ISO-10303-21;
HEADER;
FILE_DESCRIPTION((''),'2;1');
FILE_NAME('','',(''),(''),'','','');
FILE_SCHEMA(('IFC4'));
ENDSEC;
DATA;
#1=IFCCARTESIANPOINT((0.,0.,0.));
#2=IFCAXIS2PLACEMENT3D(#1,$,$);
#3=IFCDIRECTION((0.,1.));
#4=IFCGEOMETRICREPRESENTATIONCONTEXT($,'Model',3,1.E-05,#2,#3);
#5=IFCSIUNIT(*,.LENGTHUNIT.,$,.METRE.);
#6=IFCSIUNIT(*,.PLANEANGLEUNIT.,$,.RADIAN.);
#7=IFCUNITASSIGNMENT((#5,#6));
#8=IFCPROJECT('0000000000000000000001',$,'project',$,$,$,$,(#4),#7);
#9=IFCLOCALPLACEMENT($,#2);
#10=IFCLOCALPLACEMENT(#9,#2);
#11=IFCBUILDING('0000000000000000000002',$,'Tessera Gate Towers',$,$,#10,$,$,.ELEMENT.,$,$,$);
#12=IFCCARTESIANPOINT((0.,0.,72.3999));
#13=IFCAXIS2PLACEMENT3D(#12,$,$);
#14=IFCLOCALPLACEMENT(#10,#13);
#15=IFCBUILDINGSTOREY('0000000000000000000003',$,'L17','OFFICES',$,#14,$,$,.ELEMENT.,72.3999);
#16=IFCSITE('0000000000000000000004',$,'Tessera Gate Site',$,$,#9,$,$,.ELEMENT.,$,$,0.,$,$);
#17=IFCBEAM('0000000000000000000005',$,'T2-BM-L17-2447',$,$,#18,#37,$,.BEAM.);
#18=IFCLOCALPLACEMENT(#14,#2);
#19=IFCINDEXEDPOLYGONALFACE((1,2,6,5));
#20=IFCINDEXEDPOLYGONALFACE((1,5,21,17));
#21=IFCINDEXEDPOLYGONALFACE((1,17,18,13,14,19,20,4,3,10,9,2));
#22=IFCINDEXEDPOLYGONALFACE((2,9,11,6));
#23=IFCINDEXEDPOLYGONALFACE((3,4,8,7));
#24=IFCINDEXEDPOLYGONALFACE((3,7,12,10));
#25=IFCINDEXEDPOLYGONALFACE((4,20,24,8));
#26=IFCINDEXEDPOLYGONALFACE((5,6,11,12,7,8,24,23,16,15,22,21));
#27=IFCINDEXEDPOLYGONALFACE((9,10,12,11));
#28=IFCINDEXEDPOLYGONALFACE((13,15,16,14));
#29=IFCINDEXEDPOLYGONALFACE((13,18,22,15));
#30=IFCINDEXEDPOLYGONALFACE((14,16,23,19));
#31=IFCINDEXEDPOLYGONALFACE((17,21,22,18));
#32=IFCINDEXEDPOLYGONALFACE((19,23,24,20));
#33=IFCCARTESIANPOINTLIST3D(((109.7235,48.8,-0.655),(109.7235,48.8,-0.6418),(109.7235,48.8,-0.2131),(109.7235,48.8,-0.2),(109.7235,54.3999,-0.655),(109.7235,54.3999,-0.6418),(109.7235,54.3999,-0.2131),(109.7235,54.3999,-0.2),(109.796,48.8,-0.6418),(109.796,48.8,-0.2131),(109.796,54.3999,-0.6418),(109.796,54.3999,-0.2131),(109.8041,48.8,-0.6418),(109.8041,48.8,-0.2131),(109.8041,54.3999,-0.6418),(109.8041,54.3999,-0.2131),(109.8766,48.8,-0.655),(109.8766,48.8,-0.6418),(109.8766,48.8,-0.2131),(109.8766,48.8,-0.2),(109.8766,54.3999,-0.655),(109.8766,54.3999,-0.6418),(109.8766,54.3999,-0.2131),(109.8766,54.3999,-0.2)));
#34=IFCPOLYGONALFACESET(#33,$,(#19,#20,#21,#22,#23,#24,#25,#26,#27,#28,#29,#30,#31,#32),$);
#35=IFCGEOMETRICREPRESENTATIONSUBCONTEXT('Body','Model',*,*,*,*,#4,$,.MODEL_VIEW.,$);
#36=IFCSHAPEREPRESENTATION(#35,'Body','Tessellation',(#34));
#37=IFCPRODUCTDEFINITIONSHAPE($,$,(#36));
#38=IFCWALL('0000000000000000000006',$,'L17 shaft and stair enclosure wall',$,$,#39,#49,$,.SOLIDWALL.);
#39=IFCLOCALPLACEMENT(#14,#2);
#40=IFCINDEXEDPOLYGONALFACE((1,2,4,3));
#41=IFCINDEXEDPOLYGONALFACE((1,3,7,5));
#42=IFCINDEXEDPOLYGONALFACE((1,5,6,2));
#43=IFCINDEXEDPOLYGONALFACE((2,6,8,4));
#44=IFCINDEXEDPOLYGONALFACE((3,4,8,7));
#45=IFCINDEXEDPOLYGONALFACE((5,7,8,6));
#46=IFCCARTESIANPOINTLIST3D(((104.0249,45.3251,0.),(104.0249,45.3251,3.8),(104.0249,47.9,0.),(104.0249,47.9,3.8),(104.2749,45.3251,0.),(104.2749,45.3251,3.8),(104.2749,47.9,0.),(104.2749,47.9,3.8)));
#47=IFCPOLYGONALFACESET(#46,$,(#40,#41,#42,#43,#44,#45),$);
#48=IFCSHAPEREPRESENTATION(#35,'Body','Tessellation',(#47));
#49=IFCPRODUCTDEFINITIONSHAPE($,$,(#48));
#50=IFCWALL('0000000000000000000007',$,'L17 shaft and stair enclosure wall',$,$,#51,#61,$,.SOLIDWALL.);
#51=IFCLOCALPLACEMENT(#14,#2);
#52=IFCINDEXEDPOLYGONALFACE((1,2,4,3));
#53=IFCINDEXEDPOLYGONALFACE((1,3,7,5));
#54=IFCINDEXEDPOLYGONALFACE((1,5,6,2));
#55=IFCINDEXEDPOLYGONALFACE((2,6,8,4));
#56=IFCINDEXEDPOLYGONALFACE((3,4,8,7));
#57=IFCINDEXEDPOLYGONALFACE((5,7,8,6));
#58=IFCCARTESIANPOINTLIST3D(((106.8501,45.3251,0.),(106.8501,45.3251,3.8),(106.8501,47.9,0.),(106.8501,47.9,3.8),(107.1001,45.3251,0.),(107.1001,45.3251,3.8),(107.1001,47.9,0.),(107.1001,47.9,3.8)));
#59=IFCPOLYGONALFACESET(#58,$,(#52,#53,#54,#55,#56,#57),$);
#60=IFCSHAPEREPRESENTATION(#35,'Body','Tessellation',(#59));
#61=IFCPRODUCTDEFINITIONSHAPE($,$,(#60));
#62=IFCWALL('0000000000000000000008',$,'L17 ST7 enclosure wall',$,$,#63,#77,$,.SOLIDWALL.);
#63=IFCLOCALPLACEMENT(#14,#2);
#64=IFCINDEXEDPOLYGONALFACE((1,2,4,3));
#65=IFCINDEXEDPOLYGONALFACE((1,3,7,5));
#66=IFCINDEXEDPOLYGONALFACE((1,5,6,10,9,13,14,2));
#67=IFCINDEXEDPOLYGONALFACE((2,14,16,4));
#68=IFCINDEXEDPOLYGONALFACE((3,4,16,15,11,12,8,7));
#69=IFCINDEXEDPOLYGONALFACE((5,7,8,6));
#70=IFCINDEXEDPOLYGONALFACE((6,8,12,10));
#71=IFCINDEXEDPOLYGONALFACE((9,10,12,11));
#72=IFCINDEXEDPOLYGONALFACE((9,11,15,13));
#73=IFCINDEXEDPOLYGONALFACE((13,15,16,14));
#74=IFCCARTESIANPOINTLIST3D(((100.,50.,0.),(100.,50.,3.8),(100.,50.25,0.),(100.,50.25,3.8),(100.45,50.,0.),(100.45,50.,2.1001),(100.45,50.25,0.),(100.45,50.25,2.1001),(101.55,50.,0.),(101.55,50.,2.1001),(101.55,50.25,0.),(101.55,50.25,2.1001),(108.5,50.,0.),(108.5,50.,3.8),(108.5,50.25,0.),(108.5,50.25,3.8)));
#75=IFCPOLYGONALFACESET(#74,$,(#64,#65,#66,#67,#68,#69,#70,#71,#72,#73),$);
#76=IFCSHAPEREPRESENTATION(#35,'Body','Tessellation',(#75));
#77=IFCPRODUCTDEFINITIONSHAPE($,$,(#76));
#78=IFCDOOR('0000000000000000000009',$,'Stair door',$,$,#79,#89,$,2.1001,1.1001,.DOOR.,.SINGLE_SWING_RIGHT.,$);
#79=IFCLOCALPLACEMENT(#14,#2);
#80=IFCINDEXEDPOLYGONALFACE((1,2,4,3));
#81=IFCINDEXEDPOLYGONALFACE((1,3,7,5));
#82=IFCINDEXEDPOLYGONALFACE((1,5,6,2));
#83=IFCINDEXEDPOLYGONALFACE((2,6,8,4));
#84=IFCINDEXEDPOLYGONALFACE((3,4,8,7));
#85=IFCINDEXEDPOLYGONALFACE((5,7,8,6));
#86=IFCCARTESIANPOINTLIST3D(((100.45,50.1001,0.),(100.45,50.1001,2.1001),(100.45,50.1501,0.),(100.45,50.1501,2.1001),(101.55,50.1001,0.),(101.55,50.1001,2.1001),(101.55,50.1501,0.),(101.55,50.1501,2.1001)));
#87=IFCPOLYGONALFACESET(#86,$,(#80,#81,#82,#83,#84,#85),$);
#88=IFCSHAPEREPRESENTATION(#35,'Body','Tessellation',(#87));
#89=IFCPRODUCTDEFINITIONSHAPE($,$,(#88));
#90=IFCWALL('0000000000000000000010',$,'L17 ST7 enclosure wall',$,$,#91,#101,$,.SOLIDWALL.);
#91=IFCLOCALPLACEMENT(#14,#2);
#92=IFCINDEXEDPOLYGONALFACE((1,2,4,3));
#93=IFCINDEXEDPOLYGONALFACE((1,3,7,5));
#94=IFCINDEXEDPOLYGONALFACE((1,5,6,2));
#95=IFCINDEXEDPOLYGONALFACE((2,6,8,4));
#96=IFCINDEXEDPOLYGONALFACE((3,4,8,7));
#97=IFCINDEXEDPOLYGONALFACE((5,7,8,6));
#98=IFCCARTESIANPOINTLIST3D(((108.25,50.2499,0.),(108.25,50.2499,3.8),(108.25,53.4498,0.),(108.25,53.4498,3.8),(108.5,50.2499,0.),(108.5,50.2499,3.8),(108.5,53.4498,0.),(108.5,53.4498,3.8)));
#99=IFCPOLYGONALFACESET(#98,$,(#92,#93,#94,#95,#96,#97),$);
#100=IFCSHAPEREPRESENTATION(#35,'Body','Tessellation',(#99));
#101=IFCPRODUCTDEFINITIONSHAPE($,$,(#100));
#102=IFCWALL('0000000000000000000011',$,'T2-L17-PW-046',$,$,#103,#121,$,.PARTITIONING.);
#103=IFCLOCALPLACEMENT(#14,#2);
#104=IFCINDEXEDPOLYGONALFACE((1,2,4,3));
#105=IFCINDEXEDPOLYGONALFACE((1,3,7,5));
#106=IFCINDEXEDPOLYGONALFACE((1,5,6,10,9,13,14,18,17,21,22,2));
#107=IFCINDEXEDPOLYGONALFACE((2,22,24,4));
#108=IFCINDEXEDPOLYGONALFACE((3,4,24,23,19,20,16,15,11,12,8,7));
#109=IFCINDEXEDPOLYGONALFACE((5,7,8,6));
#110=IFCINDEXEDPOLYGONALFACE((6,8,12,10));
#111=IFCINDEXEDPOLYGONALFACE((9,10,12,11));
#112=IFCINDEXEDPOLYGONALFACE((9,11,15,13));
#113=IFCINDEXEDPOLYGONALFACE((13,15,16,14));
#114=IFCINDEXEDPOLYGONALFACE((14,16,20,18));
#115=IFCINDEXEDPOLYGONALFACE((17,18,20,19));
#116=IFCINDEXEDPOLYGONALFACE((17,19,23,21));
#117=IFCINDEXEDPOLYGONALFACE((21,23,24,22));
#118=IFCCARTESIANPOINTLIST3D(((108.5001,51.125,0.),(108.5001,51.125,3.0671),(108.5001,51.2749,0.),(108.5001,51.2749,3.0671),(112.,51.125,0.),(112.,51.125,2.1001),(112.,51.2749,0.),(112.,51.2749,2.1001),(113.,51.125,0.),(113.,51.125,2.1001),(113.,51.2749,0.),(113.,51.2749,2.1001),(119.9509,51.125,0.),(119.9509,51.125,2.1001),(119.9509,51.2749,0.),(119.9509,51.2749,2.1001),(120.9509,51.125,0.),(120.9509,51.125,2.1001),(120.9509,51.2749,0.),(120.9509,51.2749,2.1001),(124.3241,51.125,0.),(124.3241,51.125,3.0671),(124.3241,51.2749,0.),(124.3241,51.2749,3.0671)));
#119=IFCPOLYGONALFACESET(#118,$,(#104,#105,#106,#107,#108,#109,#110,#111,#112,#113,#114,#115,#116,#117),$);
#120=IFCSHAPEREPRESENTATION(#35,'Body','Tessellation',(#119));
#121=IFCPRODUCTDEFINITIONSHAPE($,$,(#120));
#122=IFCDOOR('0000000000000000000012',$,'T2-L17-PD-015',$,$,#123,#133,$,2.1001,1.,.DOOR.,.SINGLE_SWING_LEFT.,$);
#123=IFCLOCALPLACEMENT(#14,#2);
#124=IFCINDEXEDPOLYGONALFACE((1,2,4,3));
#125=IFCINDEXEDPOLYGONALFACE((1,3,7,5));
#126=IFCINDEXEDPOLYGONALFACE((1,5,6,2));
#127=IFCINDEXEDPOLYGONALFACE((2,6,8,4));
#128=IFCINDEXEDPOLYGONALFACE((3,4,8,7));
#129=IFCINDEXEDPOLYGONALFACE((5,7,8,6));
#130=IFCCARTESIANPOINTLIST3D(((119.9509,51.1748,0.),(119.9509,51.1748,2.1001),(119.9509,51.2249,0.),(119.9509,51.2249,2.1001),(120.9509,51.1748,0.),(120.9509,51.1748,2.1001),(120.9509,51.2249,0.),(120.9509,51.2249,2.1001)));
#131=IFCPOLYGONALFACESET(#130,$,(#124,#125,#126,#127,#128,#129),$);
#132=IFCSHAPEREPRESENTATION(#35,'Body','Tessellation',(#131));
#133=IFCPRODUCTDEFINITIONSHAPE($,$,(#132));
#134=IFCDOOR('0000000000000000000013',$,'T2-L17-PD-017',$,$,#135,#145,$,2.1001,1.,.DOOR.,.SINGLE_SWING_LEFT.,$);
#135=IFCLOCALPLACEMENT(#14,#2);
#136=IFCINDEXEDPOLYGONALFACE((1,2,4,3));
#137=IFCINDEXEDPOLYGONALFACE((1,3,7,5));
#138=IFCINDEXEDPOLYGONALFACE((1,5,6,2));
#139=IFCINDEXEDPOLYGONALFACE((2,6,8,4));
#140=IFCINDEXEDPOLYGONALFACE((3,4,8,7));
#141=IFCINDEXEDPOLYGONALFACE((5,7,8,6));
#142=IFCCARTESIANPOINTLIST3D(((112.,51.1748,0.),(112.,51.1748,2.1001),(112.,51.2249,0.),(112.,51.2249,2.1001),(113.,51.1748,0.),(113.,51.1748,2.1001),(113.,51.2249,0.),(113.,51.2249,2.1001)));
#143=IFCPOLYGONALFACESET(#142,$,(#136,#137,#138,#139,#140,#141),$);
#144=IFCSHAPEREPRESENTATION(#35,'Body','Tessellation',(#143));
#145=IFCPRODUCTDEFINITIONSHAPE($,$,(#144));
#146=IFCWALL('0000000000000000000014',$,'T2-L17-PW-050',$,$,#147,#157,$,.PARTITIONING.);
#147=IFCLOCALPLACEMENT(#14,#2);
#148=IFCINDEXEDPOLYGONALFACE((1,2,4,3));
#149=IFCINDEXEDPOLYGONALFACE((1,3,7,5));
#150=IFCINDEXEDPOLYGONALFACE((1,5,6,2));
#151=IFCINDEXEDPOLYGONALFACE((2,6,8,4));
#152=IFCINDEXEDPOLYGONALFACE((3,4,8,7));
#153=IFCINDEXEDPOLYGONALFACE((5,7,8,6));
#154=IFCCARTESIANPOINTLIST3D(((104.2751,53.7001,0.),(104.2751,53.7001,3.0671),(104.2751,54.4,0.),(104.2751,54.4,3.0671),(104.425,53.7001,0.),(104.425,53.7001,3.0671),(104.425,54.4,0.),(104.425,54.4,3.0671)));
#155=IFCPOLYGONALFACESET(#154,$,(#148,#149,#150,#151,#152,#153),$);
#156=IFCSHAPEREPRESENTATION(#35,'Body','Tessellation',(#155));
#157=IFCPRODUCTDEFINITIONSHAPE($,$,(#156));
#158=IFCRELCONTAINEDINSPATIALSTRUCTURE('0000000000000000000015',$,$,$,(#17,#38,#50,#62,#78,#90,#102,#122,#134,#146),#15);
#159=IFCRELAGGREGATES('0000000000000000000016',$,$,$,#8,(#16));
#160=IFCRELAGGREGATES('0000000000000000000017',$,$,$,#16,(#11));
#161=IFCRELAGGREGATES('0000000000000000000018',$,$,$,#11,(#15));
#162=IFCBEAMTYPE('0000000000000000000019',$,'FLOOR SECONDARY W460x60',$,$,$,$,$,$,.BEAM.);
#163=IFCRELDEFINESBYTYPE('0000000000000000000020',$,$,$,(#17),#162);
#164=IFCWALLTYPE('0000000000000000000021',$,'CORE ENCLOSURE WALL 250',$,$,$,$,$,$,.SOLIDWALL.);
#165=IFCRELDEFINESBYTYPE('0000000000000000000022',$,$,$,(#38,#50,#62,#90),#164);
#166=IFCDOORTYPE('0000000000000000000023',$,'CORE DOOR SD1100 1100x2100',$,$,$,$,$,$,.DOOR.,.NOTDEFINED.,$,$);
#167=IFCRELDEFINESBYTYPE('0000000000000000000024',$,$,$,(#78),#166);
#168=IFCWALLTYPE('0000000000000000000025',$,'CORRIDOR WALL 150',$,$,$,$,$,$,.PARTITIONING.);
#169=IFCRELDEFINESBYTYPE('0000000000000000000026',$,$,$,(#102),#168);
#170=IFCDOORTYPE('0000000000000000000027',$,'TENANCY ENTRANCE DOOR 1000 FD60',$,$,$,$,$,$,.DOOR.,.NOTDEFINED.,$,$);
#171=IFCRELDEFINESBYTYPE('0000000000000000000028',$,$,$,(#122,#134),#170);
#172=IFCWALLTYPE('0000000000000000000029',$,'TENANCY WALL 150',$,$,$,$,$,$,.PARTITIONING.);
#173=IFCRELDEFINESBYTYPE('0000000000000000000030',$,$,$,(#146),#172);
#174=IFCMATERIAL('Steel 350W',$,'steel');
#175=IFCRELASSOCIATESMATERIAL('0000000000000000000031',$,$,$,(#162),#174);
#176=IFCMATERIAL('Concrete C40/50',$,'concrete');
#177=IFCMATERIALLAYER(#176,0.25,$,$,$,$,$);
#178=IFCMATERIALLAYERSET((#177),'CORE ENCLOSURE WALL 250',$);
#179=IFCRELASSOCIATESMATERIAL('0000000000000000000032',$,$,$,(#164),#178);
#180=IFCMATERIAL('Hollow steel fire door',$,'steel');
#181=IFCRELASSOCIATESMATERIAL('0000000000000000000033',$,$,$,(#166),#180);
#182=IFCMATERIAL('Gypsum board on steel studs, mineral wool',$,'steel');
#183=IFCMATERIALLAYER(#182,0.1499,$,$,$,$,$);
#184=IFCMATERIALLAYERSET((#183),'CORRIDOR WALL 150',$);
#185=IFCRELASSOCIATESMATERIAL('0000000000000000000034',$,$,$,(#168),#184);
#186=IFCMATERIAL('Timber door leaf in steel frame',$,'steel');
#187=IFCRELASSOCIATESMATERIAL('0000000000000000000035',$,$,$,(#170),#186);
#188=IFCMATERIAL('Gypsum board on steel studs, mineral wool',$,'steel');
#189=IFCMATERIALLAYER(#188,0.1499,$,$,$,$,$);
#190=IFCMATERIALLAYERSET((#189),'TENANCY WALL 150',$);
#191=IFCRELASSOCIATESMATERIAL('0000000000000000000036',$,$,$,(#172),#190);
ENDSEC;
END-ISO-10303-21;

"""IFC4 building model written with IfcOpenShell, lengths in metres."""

from ifc_helpers import new_model, si_unit, direction, frame, frame_2d, origin, origin_2d, place, context, subcontext, project, spatial, rectangle, i_section, extrude, source, transform, mapped, material, layer, layer_set, material_profile, profile_set, type_object, element, fill, save


model = new_model("IFC4")

# Units and contexts
model_context = context("Model", 3, precision=1e-05, world=origin(), true_north=direction((0.0, 1.0)))
body_context = subcontext(model_context, "Body", "Model", "MODEL_VIEW")
ifc_project = project(units=[si_unit("LENGTHUNIT", "METRE"), si_unit("PLANEANGLEUNIT", "RADIAN")], contexts=[model_context])

# Site, building, storey
site_placement = place(None, origin())
site = spatial("IfcSite", under=ifc_project, at=site_placement, Name="Tessera Gate Site", CompositionType="ELEMENT", RefElevation=0.0)
building_placement = place(site_placement, origin())
building = spatial("IfcBuilding", under=site, at=building_placement, Name="Tessera Gate Towers", CompositionType="ELEMENT")
storey_placement = place(building_placement, frame((0.0, 0.0, 72.3999)))
storey = spatial("IfcBuildingStorey", under=building, at=storey_placement, Name="L17", Description="OFFICES", CompositionType="ELEMENT", Elevation=72.3999)

# Beam
ifc_material_1 = material(Name="Steel 350W", Category="steel")
ifc_material_profile = material_profile(ifc_material_1, i_section(OverallWidth=0.1531, OverallDepth=0.4551, WebThickness=0.0081, FlangeThickness=0.0132, at=origin_2d()), Name="W460x60")
ifc_profile_set = profile_set([ifc_material_profile], Name="Steel 350W")
beam_type = type_object("IfcBeamType", Name="FLOOR SECONDARY W460x60", PredefinedType="BEAM", material=ifc_profile_set)
beam_placement = place(storey_placement, frame((109.8, 48.8, -0.4275), z_axis=(0.0, 1.0, 0.0), x_axis=(-1.0, 0.0, 0.0)))
element("IfcBeam", 1, at=beam_placement, inside=storey, type_object=beam_type, Name="T2-BM-L17-2447", PredefinedType="BEAM", context=body_context, shape_type="SweptSolid", body=[
    extrude(i_section(OverallWidth=0.1531, OverallDepth=0.4551, WebThickness=0.0081, FlangeThickness=0.0132, at=origin_2d()), origin(), (0.0, 0.0, 1.0), 5.5999),
])

# Walls
ifc_material_2 = material(Name="Concrete C40/50", Category="concrete")
ifc_layer_1 = layer(ifc_material_2, 0.25)
ifc_layer_set_1 = layer_set([ifc_layer_1], Name="CORE ENCLOSURE WALL 250")
wall_type_1 = type_object("IfcWallType", Name="CORE ENCLOSURE WALL 250", PredefinedType="SOLIDWALL", material=ifc_layer_set_1)
for number, where, z_axis, x_axis, name in (
    (2, (104.1499, 45.325, 0.0), (0.0, 0.0, 1.0), (0.0, 1.0, 0.0), "L17 shaft and stair enclosure wall"),
    (3, (106.9751, 45.325, 0.0), (0.0, 0.0, 1.0), (0.0, 1.0, 0.0), "L17 shaft and stair enclosure wall"),
):
    element("IfcWall", number, at=place(storey_placement, frame(where, z_axis=z_axis, x_axis=x_axis)), inside=storey, type_object=wall_type_1, Name=name, PredefinedType="SOLIDWALL", context=body_context, shape_type="SweptSolid", body=[
        extrude(rectangle(XDim=2.575, YDim=0.25, at=frame_2d((1.2876, 0.0))), origin(), (0.0, 0.0, 1.0), 3.8),
    ])

# Wall, opening, door
wall_1_placement = place(storey_placement, frame((108.5, 50.125, 0.0), z_axis=(0.0, 0.0, 1.0), x_axis=(-1.0, 0.0, 0.0)))
wall_1 = element("IfcWall", 4, at=wall_1_placement, inside=storey, type_object=wall_type_1, Name="L17 ST7 enclosure wall", PredefinedType="SOLIDWALL", context=body_context, shape_type="SweptSolid", body=[
    extrude(rectangle(XDim=8.5, YDim=0.25, at=frame_2d((4.25, 0.0))), origin(), (0.0, 0.0, 1.0), 3.8),
])
shared_shape_1 = source(origin(), body_context, "Body", "SweptSolid", [
    extrude(rectangle(XDim=1.1001, YDim=2.1001, at=frame_2d((0.55, 1.05))), frame((0.0, 0.135, 0.0), z_axis=(0.0, -1.0, 0.0), x_axis=(1.0, 0.0, 0.0)), (0.0, 0.0, 1.0), 0.27),
])
opening_1_placement = place(wall_1_placement, frame((6.95, 0.0, 0.0)))
opening_1 = element("IfcOpeningElement", 5, at=opening_1_placement, cuts=wall_1, PredefinedType="OPENING", context=body_context, shape_type="MappedRepresentation", body=[
    mapped(shared_shape_1, transform((0.0, 0.0, 0.0), scale=1.0)),
])
ifc_material_3 = material(Name="Hollow steel fire door", Category="steel")
door_type_1 = type_object("IfcDoorType", Name="CORE DOOR SD1100 1100x2100", OperationType="NOTDEFINED", PredefinedType="DOOR", material=ifc_material_3)
shared_shape_2 = source(origin(), body_context, "Body", "SweptSolid", [
    extrude(rectangle(XDim=1.1001, YDim=2.1001, at=frame_2d((0.55, 1.05))), frame((0.0, 0.0249, 0.0), z_axis=(0.0, -1.0, 0.0), x_axis=(1.0, 0.0, 0.0)), (0.0, 0.0, 1.0), 0.05),
])
door_1_placement = place(opening_1_placement, origin())
door_1 = element("IfcDoor", 6, at=door_1_placement, inside=storey, type_object=door_type_1, Name="Stair door", OperationType="SINGLE_SWING_RIGHT", OverallHeight=2.1001, OverallWidth=1.1001, PredefinedType="DOOR", context=body_context, shape_type="MappedRepresentation", body=[
    mapped(shared_shape_2, transform((0.0, 0.0, 0.0), scale=1.0)),
])
fill(opening_1, door_1)

# Wall
wall_2_placement = place(storey_placement, frame((108.375, 53.45, 0.0), z_axis=(0.0, 0.0, 1.0), x_axis=(0.0, -1.0, 0.0)))
element("IfcWall", 7, at=wall_2_placement, inside=storey, type_object=wall_type_1, Name="L17 ST7 enclosure wall", PredefinedType="SOLIDWALL", context=body_context, shape_type="SweptSolid", body=[
    extrude(rectangle(XDim=3.2, YDim=0.25, at=frame_2d((1.6001, 0.0))), origin(), (0.0, 0.0, 1.0), 3.8),
])

# Wall, openings, doors
ifc_material_4 = material(Name="Gypsum board on steel studs, mineral wool", Category="steel")
ifc_layer_2 = layer(ifc_material_4, 0.1499)
ifc_layer_set_2 = layer_set([ifc_layer_2], Name="CORRIDOR WALL 150")
wall_type_2 = type_object("IfcWallType", Name="CORRIDOR WALL 150", PredefinedType="PARTITIONING", material=ifc_layer_set_2)
wall_3_placement = place(storey_placement, frame((108.5, 51.2, 0.0), z_axis=(0.0, 0.0, 1.0), x_axis=(1.0, 0.0, 0.0)))
wall_3 = element("IfcWall", 8, at=wall_3_placement, inside=storey, type_object=wall_type_2, Name="T2-L17-PW-046", PredefinedType="PARTITIONING", context=body_context, shape_type="SweptSolid", body=[
    extrude(rectangle(XDim=15.824, YDim=0.1499, at=frame_2d((7.9121, 0.0))), origin(), (0.0, 0.0, 1.0), 3.0671),
])
shared_shape_3 = source(origin(), body_context, "Body", "SweptSolid", [
    extrude(rectangle(XDim=1.0, YDim=2.1001, at=frame_2d((0.5, 1.05))), frame((0.0, 0.085, 0.0), z_axis=(0.0, -1.0, 0.0), x_axis=(1.0, 0.0, 0.0)), (0.0, 0.0, 1.0), 0.1699),
])
opening_2_placement = place(wall_3_placement, frame((11.4509, 0.0, 0.0)))
opening_2 = element("IfcOpeningElement", 9, at=opening_2_placement, cuts=wall_3, PredefinedType="OPENING", context=body_context, shape_type="MappedRepresentation", body=[
    mapped(shared_shape_3, transform((0.0, 0.0, 0.0), scale=1.0)),
])
opening_3_placement = place(wall_3_placement, frame((3.5, 0.0, 0.0)))
opening_3 = element("IfcOpeningElement", 10, at=opening_3_placement, cuts=wall_3, PredefinedType="OPENING", context=body_context, shape_type="MappedRepresentation", body=[
    mapped(shared_shape_3, transform((0.0, 0.0, 0.0), scale=1.0)),
])
ifc_material_5 = material(Name="Timber door leaf in steel frame", Category="steel")
door_type_2 = type_object("IfcDoorType", Name="TENANCY ENTRANCE DOOR 1000 FD60", OperationType="NOTDEFINED", PredefinedType="DOOR", material=ifc_material_5)
shared_shape_4 = source(origin(), body_context, "Body", "SweptSolid", [
    extrude(rectangle(XDim=1.0, YDim=2.1001, at=frame_2d((0.5, 1.05))), frame((0.0, 0.0249, 0.0), z_axis=(0.0, -1.0, 0.0), x_axis=(1.0, 0.0, 0.0)), (0.0, 0.0, 1.0), 0.05),
])
door_2_placement = place(opening_2_placement, origin())
door_2 = element("IfcDoor", 11, at=door_2_placement, inside=storey, type_object=door_type_2, Name="T2-L17-PD-015", OperationType="SINGLE_SWING_LEFT", OverallHeight=2.1001, OverallWidth=1.0, PredefinedType="DOOR", context=body_context, shape_type="MappedRepresentation", body=[
    mapped(shared_shape_4, transform((0.0, 0.0, 0.0), scale=1.0)),
])
fill(opening_2, door_2)
door_3_placement = place(opening_3_placement, origin())
door_3 = element("IfcDoor", 12, at=door_3_placement, inside=storey, type_object=door_type_2, Name="T2-L17-PD-017", OperationType="SINGLE_SWING_LEFT", OverallHeight=2.1001, OverallWidth=1.0, PredefinedType="DOOR", context=body_context, shape_type="MappedRepresentation", body=[
    mapped(shared_shape_4, transform((0.0, 0.0, 0.0), scale=1.0)),
])
fill(opening_3, door_3)

# Wall
ifc_material_6 = material(Name="Gypsum board on steel studs, mineral wool", Category="steel")
ifc_layer_3 = layer(ifc_material_6, 0.1499)
ifc_layer_set_3 = layer_set([ifc_layer_3], Name="TENANCY WALL 150")
wall_type_3 = type_object("IfcWallType", Name="TENANCY WALL 150", PredefinedType="PARTITIONING", material=ifc_layer_set_3)
wall_4_placement = place(storey_placement, frame((104.3501, 53.7, 0.0), z_axis=(0.0, 0.0, 1.0), x_axis=(0.0, 1.0, 0.0)))
element("IfcWall", 13, at=wall_4_placement, inside=storey, type_object=wall_type_3, Name="T2-L17-PW-050", PredefinedType="PARTITIONING", context=body_context, shape_type="SweptSolid", body=[
    extrude(rectangle(XDim=0.7, YDim=0.1499, at=frame_2d((0.3501, 0.0))), origin(), (0.0, 0.0, 1.0), 3.0671),
])

save(model, "model.ifc")
